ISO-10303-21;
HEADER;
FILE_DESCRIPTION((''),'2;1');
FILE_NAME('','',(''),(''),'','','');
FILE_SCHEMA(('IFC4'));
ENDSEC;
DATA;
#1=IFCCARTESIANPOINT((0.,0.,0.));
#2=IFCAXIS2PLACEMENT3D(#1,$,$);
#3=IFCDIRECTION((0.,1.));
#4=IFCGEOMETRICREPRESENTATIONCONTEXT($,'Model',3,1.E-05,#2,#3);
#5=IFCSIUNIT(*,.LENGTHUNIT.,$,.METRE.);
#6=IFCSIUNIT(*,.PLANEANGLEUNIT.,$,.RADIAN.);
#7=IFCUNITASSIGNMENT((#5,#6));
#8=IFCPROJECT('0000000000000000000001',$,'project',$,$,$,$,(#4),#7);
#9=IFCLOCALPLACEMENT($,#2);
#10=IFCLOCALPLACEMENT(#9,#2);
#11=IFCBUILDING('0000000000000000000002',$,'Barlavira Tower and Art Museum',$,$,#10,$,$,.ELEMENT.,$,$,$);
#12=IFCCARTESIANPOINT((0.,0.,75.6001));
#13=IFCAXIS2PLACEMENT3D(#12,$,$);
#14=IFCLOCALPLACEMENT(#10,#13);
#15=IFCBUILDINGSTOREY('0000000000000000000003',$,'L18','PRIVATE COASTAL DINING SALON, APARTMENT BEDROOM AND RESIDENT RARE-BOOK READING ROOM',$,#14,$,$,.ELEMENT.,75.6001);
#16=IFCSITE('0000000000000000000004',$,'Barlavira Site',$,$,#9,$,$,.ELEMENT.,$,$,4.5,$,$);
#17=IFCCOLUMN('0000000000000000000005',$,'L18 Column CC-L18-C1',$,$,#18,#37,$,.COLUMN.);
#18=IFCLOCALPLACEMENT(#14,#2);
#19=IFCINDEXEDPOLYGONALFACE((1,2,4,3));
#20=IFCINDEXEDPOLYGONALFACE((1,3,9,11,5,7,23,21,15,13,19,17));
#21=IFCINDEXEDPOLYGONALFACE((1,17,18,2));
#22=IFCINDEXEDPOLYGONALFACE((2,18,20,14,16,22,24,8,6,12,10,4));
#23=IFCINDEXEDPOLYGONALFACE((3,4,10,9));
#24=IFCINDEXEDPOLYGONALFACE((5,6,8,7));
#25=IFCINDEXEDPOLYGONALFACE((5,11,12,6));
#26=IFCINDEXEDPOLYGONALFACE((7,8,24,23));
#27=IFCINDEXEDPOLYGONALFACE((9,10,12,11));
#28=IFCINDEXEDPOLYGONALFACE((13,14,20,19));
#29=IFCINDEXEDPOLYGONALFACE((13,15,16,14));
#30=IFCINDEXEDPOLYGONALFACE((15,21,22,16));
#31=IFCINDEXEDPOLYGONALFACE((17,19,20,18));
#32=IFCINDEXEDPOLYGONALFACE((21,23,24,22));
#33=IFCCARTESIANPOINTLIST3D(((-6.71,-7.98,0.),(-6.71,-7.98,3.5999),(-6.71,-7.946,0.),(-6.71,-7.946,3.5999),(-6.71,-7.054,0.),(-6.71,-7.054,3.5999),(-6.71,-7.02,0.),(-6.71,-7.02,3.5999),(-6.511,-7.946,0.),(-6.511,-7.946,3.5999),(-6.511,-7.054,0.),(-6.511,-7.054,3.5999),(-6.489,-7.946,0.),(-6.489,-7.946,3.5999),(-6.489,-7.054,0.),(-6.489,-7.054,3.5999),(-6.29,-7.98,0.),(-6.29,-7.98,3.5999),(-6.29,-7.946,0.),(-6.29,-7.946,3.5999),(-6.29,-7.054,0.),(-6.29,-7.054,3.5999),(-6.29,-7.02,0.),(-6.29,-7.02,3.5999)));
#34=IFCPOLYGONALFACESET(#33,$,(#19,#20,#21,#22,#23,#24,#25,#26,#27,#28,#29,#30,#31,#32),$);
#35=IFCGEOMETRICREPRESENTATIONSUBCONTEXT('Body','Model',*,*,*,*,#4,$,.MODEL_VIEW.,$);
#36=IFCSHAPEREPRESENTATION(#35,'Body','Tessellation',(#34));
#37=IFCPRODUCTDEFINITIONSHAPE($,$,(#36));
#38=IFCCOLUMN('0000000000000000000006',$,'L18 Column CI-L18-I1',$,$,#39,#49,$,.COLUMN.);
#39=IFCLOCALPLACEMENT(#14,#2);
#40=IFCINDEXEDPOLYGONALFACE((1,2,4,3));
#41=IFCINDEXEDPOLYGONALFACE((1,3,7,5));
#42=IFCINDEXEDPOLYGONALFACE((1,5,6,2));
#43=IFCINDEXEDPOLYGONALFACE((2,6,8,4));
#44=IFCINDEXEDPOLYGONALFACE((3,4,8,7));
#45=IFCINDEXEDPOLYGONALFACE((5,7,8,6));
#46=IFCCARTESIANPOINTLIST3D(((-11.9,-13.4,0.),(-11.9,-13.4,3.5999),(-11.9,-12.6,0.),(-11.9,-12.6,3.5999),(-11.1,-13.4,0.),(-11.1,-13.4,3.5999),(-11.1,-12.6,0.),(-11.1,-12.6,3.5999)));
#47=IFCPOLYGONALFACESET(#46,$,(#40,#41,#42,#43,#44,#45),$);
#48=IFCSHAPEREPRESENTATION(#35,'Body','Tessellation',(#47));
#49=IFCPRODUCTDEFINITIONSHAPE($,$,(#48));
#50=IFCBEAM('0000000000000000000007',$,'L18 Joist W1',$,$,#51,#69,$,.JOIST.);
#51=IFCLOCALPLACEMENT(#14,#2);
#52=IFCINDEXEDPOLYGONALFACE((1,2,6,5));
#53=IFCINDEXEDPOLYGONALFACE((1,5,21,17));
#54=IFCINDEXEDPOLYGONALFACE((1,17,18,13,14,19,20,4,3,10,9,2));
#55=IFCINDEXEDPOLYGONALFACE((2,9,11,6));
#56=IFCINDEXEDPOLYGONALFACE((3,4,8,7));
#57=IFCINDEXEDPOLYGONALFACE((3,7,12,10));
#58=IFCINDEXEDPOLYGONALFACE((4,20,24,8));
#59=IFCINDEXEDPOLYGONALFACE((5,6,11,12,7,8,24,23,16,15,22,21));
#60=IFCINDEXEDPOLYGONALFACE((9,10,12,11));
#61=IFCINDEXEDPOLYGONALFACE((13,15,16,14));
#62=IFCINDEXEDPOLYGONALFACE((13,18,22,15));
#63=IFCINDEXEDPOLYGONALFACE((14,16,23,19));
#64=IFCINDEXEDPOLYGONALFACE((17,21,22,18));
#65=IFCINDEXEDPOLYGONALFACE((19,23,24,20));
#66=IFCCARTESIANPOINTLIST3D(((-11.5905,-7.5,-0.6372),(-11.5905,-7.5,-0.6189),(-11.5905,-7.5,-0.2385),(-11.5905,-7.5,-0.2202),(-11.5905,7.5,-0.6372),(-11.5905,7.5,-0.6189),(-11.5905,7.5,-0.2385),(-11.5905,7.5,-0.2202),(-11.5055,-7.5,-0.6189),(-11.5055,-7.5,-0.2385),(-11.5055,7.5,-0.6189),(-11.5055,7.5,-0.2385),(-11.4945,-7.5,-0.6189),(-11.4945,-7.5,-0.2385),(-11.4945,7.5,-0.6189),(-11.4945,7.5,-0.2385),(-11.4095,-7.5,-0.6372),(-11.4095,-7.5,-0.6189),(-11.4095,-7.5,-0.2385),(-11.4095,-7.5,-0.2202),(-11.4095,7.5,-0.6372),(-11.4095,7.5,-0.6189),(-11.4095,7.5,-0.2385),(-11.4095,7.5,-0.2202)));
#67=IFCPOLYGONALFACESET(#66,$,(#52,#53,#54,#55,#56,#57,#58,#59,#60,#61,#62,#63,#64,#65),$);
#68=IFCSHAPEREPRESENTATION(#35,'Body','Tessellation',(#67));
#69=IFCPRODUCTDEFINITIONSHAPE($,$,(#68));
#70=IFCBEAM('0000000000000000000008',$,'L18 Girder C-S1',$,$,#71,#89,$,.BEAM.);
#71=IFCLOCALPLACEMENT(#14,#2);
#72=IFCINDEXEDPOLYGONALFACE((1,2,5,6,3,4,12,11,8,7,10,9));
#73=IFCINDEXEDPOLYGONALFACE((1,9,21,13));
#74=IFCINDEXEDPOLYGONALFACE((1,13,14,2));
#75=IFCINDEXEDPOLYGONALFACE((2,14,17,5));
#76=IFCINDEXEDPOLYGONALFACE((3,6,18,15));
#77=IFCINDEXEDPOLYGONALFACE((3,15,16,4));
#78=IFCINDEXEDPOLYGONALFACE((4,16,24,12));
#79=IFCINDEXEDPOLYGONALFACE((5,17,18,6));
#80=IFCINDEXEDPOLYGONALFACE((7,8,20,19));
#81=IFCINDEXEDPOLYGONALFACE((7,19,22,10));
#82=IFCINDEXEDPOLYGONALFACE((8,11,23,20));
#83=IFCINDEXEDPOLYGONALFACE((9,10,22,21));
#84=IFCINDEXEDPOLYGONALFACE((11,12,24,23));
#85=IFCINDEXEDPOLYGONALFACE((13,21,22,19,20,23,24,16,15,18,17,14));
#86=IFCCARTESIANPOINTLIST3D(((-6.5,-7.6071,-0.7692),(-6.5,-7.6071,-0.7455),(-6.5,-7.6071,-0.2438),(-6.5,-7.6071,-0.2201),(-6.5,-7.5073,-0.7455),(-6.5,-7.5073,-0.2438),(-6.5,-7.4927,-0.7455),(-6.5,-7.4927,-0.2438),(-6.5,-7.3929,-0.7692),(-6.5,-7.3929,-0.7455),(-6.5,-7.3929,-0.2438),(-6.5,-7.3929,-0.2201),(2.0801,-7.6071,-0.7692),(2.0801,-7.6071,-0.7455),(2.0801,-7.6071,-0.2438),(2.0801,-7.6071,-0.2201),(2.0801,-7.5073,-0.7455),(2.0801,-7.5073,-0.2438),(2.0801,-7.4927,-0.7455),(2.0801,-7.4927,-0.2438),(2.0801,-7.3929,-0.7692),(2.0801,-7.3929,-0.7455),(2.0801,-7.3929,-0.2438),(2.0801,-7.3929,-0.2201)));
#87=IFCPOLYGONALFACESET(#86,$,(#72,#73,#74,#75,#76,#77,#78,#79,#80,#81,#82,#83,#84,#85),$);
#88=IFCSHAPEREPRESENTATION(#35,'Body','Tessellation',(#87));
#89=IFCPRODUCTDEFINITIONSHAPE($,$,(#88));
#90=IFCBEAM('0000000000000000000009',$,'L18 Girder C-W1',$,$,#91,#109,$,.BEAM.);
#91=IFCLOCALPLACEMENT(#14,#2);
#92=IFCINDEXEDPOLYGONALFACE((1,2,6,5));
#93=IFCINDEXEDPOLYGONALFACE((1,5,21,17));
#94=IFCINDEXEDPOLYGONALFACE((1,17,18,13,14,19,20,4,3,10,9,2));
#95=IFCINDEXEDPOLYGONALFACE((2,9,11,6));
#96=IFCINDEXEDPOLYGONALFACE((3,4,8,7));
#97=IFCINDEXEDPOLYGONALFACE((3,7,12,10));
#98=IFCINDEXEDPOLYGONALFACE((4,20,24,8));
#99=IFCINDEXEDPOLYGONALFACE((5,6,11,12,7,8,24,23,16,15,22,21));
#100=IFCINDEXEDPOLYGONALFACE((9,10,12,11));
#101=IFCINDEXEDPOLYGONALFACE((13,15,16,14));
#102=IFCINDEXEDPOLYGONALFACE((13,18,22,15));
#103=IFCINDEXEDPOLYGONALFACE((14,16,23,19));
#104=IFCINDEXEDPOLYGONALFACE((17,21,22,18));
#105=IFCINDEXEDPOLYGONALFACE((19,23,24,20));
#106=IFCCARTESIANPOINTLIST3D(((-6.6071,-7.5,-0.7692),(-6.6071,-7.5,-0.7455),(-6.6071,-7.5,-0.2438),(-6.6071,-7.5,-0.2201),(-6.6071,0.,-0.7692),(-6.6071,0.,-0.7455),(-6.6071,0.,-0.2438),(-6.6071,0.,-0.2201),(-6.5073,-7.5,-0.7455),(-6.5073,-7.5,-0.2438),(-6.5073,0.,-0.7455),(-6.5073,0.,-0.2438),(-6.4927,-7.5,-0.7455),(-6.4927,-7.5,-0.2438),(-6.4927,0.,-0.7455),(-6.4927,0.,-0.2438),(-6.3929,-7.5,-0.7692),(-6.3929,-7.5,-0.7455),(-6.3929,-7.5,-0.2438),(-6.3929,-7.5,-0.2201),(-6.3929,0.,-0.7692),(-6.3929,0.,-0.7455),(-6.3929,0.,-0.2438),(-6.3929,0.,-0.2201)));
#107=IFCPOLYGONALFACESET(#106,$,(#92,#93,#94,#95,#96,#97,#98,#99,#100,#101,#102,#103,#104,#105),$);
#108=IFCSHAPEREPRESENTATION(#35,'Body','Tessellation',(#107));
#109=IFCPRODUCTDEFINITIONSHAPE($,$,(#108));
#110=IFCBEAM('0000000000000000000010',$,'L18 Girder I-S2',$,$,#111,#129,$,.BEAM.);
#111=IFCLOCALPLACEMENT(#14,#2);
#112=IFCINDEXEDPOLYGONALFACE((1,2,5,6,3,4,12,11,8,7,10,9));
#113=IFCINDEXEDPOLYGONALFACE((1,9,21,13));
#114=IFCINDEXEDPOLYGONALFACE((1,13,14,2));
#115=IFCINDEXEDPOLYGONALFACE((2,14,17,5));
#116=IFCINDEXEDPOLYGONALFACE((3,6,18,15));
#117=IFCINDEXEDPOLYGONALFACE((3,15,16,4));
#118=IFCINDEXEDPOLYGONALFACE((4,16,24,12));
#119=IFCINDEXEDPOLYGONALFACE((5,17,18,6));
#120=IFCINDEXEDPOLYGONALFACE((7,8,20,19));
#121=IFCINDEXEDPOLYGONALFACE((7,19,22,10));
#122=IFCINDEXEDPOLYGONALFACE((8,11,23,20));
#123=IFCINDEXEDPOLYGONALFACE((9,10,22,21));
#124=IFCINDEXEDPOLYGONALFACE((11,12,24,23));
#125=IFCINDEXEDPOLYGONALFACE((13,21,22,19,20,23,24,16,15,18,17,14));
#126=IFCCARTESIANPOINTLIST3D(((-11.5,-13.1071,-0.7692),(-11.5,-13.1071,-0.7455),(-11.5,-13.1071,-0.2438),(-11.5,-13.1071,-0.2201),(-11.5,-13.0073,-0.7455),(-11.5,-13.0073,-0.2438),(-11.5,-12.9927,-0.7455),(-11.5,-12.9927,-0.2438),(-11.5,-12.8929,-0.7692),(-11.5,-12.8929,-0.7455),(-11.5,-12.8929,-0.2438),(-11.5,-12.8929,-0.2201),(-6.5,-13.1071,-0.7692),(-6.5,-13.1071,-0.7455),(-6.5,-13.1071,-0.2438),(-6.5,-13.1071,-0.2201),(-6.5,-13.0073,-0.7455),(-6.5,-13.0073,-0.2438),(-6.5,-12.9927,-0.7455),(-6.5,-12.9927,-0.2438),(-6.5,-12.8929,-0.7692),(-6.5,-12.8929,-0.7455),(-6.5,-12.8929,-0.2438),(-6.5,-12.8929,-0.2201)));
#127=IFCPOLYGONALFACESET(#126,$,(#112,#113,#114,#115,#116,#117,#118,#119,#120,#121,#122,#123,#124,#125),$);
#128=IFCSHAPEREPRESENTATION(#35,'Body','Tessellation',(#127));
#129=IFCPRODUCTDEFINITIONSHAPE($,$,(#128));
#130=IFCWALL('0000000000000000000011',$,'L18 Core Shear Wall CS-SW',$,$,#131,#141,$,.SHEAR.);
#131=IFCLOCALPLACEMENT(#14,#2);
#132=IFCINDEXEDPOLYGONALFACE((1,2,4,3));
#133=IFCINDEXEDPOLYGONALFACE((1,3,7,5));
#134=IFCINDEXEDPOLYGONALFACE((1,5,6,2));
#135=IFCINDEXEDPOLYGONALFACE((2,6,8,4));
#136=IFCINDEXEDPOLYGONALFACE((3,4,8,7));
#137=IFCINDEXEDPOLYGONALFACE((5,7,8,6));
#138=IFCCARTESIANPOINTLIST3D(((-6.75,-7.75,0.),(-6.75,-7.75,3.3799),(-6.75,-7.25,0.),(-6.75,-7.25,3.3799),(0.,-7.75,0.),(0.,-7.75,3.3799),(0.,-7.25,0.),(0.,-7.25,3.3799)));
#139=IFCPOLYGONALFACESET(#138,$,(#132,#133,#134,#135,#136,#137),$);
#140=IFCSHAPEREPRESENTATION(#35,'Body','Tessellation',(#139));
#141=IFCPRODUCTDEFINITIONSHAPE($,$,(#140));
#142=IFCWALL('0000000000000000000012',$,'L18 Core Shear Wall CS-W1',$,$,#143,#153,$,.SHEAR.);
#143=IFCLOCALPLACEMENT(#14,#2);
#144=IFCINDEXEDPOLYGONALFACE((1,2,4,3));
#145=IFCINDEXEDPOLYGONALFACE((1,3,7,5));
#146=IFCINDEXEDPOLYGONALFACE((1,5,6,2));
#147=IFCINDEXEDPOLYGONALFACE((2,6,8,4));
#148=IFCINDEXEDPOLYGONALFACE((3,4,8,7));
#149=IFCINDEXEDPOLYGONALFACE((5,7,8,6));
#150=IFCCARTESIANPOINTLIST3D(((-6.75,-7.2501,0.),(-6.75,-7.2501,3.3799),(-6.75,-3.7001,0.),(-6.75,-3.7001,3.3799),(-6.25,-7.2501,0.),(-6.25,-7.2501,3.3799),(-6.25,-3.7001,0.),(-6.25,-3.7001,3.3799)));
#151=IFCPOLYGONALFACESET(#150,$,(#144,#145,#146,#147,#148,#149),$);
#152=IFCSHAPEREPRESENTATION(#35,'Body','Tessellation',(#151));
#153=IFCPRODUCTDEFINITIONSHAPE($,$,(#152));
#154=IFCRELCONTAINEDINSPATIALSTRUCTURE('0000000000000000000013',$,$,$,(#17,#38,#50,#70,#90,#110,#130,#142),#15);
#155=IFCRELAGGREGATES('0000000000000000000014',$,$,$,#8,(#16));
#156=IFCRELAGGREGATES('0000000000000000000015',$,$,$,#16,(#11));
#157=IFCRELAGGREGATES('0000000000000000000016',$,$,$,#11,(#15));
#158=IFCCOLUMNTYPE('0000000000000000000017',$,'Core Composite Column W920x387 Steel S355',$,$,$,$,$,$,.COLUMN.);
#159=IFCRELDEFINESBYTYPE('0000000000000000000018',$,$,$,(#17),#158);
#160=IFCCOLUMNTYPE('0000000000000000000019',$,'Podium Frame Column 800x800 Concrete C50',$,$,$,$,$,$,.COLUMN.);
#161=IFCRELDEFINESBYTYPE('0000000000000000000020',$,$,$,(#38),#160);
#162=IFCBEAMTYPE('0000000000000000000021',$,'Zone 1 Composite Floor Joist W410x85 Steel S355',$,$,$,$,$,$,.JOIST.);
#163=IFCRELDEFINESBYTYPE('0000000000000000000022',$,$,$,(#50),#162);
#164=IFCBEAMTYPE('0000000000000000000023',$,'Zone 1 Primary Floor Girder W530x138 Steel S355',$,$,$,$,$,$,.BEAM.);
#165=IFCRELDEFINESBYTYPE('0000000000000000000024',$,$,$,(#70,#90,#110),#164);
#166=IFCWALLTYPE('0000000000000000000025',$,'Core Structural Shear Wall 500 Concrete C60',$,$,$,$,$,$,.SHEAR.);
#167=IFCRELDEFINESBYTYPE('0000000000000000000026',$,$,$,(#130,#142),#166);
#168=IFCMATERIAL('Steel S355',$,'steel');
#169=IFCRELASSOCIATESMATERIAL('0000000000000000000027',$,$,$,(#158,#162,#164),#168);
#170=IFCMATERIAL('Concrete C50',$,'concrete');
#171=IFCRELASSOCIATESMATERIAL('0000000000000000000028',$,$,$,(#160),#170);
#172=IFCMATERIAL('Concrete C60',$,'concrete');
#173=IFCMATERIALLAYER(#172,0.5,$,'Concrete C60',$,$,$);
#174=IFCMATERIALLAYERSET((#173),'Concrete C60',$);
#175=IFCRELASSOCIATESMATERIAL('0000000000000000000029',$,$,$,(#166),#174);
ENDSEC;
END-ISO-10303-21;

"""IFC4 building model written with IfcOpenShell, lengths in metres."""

from ifc_helpers import new_model, si_unit, direction, frame, frame_2d, origin, origin_2d, place, context, subcontext, project, spatial, rectangle, i_section, extrude, material, layer, layer_set, material_profile, profile_set, type_object, element, save


model = new_model("IFC4")

# Units and contexts
model_context = context("Model", 3, precision=1e-05, world=origin(), true_north=direction((0.0, 1.0)))
body_context = subcontext(model_context, "Body", "Model", "MODEL_VIEW")
ifc_project = project(units=[si_unit("LENGTHUNIT", "METRE"), si_unit("PLANEANGLEUNIT", "RADIAN")], contexts=[model_context])

# Site, building, storey
site_placement = place(None, origin())
site = spatial("IfcSite", under=ifc_project, at=site_placement, Name="Barlavira Site", CompositionType="ELEMENT", RefElevation=4.5)
building_placement = place(site_placement, origin())
building = spatial("IfcBuilding", under=site, at=building_placement, Name="Barlavira Tower and Art Museum", CompositionType="ELEMENT")
storey_placement = place(building_placement, frame((0.0, 0.0, 75.6001)))
storey = spatial("IfcBuildingStorey", under=building, at=storey_placement, Name="L18", Description="PRIVATE COASTAL DINING SALON, APARTMENT BEDROOM AND RESIDENT RARE-BOOK READING ROOM", CompositionType="ELEMENT", Elevation=75.6001)

# Columns
ifc_material_1 = material(Name="Steel S355", Category="steel")
ifc_material_profile_1 = material_profile(ifc_material_1, i_section(OverallWidth=0.4199, OverallDepth=0.96, WebThickness=0.022, FlangeThickness=0.0339, at=origin_2d()), Name="W920x387.0")
ifc_profile_set_1 = profile_set([ifc_material_profile_1], Name="Steel S355")
column_type_1 = type_object("IfcColumnType", Name="Core Composite Column W920x387 Steel S355", PredefinedType="COLUMN", material=ifc_profile_set_1)
column_1_placement = place(storey_placement, frame((-6.5, -7.5, 0.0), z_axis=(0.0, 0.0, 1.0), x_axis=(1.0, 0.0, 0.0)))
element("IfcColumn", 1, at=column_1_placement, inside=storey, type_object=column_type_1, Name="L18 Column CC-L18-C1", PredefinedType="COLUMN", context=body_context, shape_type="SweptSolid", body=[
    extrude(i_section(OverallWidth=0.4199, OverallDepth=0.96, WebThickness=0.022, FlangeThickness=0.0339, at=origin_2d()), origin(), (0.0, 0.0, 1.0), 3.5999),
])
ifc_material_2 = material(Name="Concrete C50", Category="concrete")
ifc_material_profile_2 = material_profile(ifc_material_2, rectangle(XDim=0.8, YDim=0.8, at=origin_2d()), Name="RC-COL 800x800")
ifc_profile_set_2 = profile_set([ifc_material_profile_2], Name="Concrete C50")
column_type_2 = type_object("IfcColumnType", Name="Podium Frame Column 800x800 Concrete C50", PredefinedType="COLUMN", material=ifc_profile_set_2)
column_2_placement = place(storey_placement, frame((-11.5, -13.0, 0.0), z_axis=(0.0, 0.0, 1.0), x_axis=(1.0, 0.0, 0.0)))
element("IfcColumn", 2, at=column_2_placement, inside=storey, type_object=column_type_2, Name="L18 Column CI-L18-I1", PredefinedType="COLUMN", context=body_context, shape_type="SweptSolid", body=[
    extrude(rectangle(XDim=0.8, YDim=0.8, at=origin_2d()), origin(), (0.0, 0.0, 1.0), 3.5999),
])

# Beams
ifc_material_profile_3 = material_profile(ifc_material_1, i_section(OverallWidth=0.1809, OverallDepth=0.417, WebThickness=0.011, FlangeThickness=0.0183, at=origin_2d()), Name="W410x85.0")
ifc_profile_set_3 = profile_set([ifc_material_profile_3], Name="Steel S355")
beam_type_1 = type_object("IfcBeamType", Name="Zone 1 Composite Floor Joist W410x85 Steel S355", PredefinedType="JOIST", material=ifc_profile_set_3)
beam_1_placement = place(storey_placement, frame((-11.5, -7.5, -0.4287), z_axis=(0.0, 1.0, 0.0), x_axis=(-1.0, 0.0, 0.0)))
element("IfcBeam", 3, at=beam_1_placement, inside=storey, type_object=beam_type_1, Name="L18 Joist W1", PredefinedType="JOIST", context=body_context, shape_type="SweptSolid", body=[
    extrude(i_section(OverallWidth=0.1809, OverallDepth=0.417, WebThickness=0.011, FlangeThickness=0.0183, at=origin_2d()), origin(), (0.0, 0.0, 1.0), 15.0),
])
ifc_material_profile_4 = material_profile(ifc_material_1, i_section(OverallWidth=0.2141, OverallDepth=0.5491, WebThickness=0.0146, FlangeThickness=0.0237, at=origin_2d()), Name="W530x138.0")
ifc_profile_set_4 = profile_set([ifc_material_profile_4], Name="Steel S355")
beam_type_2 = type_object("IfcBeamType", Name="Zone 1 Primary Floor Girder W530x138 Steel S355", PredefinedType="BEAM", material=ifc_profile_set_4)
beam_2_placement = place(storey_placement, frame((-6.5, -7.5, -0.4946), z_axis=(1.0, 0.0, 0.0), x_axis=(0.0, 1.0, 0.0)))
element("IfcBeam", 4, at=beam_2_placement, inside=storey, type_object=beam_type_2, Name="L18 Girder C-S1", PredefinedType="BEAM", context=body_context, shape_type="SweptSolid", body=[
    extrude(i_section(OverallWidth=0.2141, OverallDepth=0.5491, WebThickness=0.0146, FlangeThickness=0.0237, at=origin_2d()), origin(), (0.0, 0.0, 1.0), 8.5801),
])
beam_3_placement = place(storey_placement, frame((-6.5, -7.5, -0.4946), z_axis=(0.0, 1.0, 0.0), x_axis=(-1.0, 0.0, 0.0)))
element("IfcBeam", 5, at=beam_3_placement, inside=storey, type_object=beam_type_2, Name="L18 Girder C-W1", PredefinedType="BEAM", context=body_context, shape_type="SweptSolid", body=[
    extrude(i_section(OverallWidth=0.2141, OverallDepth=0.5491, WebThickness=0.0146, FlangeThickness=0.0237, at=origin_2d()), origin(), (0.0, 0.0, 1.0), 7.5),
])
beam_4_placement = place(storey_placement, frame((-11.5, -13.0, -0.4946), z_axis=(1.0, 0.0, 0.0), x_axis=(0.0, 1.0, 0.0)))
element("IfcBeam", 6, at=beam_4_placement, inside=storey, type_object=beam_type_2, Name="L18 Girder I-S2", PredefinedType="BEAM", context=body_context, shape_type="SweptSolid", body=[
    extrude(i_section(OverallWidth=0.2141, OverallDepth=0.5491, WebThickness=0.0146, FlangeThickness=0.0237, at=origin_2d()), origin(), (0.0, 0.0, 1.0), 5.0),
])

# Walls
ifc_material_3 = material(Name="Concrete C60", Category="concrete")
ifc_layer_1 = layer(ifc_material_3, 0.5, Name="Concrete C60")
ifc_layer_set_1 = layer_set([ifc_layer_1], Name="Concrete C60")
wall_type_1 = type_object("IfcWallType", Name="Core Structural Shear Wall 500 Concrete C60", PredefinedType="SHEAR", material=ifc_layer_set_1)
wall_1_placement = place(storey_placement, frame((-6.75, -7.5, 0.0), z_axis=(0.0, 0.0, 1.0), x_axis=(1.0, 0.0, 0.0)))
element("IfcWall", 7, at=wall_1_placement, inside=storey, type_object=wall_type_1, Name="L18 Core Shear Wall CS-SW", PredefinedType="SHEAR", context=body_context, shape_type="SweptSolid", body=[
    extrude(rectangle(XDim=6.75, YDim=0.5, at=frame_2d((3.375, 0.0))), origin(), (0.0, 0.0, 1.0), 3.3799),
])
wall_2_placement = place(storey_placement, frame((-6.5, -7.25, 0.0), z_axis=(0.0, 0.0, 1.0), x_axis=(0.0, 1.0, 0.0)))
element("IfcWall", 8, at=wall_2_placement, inside=storey, type_object=wall_type_1, Name="L18 Core Shear Wall CS-W1", PredefinedType="SHEAR", context=body_context, shape_type="SweptSolid", body=[
    extrude(rectangle(XDim=3.55, YDim=0.5, at=frame_2d((1.7749, 0.0))), origin(), (0.0, 0.0, 1.0), 3.3799),
])

save(model, "model.ifc")
